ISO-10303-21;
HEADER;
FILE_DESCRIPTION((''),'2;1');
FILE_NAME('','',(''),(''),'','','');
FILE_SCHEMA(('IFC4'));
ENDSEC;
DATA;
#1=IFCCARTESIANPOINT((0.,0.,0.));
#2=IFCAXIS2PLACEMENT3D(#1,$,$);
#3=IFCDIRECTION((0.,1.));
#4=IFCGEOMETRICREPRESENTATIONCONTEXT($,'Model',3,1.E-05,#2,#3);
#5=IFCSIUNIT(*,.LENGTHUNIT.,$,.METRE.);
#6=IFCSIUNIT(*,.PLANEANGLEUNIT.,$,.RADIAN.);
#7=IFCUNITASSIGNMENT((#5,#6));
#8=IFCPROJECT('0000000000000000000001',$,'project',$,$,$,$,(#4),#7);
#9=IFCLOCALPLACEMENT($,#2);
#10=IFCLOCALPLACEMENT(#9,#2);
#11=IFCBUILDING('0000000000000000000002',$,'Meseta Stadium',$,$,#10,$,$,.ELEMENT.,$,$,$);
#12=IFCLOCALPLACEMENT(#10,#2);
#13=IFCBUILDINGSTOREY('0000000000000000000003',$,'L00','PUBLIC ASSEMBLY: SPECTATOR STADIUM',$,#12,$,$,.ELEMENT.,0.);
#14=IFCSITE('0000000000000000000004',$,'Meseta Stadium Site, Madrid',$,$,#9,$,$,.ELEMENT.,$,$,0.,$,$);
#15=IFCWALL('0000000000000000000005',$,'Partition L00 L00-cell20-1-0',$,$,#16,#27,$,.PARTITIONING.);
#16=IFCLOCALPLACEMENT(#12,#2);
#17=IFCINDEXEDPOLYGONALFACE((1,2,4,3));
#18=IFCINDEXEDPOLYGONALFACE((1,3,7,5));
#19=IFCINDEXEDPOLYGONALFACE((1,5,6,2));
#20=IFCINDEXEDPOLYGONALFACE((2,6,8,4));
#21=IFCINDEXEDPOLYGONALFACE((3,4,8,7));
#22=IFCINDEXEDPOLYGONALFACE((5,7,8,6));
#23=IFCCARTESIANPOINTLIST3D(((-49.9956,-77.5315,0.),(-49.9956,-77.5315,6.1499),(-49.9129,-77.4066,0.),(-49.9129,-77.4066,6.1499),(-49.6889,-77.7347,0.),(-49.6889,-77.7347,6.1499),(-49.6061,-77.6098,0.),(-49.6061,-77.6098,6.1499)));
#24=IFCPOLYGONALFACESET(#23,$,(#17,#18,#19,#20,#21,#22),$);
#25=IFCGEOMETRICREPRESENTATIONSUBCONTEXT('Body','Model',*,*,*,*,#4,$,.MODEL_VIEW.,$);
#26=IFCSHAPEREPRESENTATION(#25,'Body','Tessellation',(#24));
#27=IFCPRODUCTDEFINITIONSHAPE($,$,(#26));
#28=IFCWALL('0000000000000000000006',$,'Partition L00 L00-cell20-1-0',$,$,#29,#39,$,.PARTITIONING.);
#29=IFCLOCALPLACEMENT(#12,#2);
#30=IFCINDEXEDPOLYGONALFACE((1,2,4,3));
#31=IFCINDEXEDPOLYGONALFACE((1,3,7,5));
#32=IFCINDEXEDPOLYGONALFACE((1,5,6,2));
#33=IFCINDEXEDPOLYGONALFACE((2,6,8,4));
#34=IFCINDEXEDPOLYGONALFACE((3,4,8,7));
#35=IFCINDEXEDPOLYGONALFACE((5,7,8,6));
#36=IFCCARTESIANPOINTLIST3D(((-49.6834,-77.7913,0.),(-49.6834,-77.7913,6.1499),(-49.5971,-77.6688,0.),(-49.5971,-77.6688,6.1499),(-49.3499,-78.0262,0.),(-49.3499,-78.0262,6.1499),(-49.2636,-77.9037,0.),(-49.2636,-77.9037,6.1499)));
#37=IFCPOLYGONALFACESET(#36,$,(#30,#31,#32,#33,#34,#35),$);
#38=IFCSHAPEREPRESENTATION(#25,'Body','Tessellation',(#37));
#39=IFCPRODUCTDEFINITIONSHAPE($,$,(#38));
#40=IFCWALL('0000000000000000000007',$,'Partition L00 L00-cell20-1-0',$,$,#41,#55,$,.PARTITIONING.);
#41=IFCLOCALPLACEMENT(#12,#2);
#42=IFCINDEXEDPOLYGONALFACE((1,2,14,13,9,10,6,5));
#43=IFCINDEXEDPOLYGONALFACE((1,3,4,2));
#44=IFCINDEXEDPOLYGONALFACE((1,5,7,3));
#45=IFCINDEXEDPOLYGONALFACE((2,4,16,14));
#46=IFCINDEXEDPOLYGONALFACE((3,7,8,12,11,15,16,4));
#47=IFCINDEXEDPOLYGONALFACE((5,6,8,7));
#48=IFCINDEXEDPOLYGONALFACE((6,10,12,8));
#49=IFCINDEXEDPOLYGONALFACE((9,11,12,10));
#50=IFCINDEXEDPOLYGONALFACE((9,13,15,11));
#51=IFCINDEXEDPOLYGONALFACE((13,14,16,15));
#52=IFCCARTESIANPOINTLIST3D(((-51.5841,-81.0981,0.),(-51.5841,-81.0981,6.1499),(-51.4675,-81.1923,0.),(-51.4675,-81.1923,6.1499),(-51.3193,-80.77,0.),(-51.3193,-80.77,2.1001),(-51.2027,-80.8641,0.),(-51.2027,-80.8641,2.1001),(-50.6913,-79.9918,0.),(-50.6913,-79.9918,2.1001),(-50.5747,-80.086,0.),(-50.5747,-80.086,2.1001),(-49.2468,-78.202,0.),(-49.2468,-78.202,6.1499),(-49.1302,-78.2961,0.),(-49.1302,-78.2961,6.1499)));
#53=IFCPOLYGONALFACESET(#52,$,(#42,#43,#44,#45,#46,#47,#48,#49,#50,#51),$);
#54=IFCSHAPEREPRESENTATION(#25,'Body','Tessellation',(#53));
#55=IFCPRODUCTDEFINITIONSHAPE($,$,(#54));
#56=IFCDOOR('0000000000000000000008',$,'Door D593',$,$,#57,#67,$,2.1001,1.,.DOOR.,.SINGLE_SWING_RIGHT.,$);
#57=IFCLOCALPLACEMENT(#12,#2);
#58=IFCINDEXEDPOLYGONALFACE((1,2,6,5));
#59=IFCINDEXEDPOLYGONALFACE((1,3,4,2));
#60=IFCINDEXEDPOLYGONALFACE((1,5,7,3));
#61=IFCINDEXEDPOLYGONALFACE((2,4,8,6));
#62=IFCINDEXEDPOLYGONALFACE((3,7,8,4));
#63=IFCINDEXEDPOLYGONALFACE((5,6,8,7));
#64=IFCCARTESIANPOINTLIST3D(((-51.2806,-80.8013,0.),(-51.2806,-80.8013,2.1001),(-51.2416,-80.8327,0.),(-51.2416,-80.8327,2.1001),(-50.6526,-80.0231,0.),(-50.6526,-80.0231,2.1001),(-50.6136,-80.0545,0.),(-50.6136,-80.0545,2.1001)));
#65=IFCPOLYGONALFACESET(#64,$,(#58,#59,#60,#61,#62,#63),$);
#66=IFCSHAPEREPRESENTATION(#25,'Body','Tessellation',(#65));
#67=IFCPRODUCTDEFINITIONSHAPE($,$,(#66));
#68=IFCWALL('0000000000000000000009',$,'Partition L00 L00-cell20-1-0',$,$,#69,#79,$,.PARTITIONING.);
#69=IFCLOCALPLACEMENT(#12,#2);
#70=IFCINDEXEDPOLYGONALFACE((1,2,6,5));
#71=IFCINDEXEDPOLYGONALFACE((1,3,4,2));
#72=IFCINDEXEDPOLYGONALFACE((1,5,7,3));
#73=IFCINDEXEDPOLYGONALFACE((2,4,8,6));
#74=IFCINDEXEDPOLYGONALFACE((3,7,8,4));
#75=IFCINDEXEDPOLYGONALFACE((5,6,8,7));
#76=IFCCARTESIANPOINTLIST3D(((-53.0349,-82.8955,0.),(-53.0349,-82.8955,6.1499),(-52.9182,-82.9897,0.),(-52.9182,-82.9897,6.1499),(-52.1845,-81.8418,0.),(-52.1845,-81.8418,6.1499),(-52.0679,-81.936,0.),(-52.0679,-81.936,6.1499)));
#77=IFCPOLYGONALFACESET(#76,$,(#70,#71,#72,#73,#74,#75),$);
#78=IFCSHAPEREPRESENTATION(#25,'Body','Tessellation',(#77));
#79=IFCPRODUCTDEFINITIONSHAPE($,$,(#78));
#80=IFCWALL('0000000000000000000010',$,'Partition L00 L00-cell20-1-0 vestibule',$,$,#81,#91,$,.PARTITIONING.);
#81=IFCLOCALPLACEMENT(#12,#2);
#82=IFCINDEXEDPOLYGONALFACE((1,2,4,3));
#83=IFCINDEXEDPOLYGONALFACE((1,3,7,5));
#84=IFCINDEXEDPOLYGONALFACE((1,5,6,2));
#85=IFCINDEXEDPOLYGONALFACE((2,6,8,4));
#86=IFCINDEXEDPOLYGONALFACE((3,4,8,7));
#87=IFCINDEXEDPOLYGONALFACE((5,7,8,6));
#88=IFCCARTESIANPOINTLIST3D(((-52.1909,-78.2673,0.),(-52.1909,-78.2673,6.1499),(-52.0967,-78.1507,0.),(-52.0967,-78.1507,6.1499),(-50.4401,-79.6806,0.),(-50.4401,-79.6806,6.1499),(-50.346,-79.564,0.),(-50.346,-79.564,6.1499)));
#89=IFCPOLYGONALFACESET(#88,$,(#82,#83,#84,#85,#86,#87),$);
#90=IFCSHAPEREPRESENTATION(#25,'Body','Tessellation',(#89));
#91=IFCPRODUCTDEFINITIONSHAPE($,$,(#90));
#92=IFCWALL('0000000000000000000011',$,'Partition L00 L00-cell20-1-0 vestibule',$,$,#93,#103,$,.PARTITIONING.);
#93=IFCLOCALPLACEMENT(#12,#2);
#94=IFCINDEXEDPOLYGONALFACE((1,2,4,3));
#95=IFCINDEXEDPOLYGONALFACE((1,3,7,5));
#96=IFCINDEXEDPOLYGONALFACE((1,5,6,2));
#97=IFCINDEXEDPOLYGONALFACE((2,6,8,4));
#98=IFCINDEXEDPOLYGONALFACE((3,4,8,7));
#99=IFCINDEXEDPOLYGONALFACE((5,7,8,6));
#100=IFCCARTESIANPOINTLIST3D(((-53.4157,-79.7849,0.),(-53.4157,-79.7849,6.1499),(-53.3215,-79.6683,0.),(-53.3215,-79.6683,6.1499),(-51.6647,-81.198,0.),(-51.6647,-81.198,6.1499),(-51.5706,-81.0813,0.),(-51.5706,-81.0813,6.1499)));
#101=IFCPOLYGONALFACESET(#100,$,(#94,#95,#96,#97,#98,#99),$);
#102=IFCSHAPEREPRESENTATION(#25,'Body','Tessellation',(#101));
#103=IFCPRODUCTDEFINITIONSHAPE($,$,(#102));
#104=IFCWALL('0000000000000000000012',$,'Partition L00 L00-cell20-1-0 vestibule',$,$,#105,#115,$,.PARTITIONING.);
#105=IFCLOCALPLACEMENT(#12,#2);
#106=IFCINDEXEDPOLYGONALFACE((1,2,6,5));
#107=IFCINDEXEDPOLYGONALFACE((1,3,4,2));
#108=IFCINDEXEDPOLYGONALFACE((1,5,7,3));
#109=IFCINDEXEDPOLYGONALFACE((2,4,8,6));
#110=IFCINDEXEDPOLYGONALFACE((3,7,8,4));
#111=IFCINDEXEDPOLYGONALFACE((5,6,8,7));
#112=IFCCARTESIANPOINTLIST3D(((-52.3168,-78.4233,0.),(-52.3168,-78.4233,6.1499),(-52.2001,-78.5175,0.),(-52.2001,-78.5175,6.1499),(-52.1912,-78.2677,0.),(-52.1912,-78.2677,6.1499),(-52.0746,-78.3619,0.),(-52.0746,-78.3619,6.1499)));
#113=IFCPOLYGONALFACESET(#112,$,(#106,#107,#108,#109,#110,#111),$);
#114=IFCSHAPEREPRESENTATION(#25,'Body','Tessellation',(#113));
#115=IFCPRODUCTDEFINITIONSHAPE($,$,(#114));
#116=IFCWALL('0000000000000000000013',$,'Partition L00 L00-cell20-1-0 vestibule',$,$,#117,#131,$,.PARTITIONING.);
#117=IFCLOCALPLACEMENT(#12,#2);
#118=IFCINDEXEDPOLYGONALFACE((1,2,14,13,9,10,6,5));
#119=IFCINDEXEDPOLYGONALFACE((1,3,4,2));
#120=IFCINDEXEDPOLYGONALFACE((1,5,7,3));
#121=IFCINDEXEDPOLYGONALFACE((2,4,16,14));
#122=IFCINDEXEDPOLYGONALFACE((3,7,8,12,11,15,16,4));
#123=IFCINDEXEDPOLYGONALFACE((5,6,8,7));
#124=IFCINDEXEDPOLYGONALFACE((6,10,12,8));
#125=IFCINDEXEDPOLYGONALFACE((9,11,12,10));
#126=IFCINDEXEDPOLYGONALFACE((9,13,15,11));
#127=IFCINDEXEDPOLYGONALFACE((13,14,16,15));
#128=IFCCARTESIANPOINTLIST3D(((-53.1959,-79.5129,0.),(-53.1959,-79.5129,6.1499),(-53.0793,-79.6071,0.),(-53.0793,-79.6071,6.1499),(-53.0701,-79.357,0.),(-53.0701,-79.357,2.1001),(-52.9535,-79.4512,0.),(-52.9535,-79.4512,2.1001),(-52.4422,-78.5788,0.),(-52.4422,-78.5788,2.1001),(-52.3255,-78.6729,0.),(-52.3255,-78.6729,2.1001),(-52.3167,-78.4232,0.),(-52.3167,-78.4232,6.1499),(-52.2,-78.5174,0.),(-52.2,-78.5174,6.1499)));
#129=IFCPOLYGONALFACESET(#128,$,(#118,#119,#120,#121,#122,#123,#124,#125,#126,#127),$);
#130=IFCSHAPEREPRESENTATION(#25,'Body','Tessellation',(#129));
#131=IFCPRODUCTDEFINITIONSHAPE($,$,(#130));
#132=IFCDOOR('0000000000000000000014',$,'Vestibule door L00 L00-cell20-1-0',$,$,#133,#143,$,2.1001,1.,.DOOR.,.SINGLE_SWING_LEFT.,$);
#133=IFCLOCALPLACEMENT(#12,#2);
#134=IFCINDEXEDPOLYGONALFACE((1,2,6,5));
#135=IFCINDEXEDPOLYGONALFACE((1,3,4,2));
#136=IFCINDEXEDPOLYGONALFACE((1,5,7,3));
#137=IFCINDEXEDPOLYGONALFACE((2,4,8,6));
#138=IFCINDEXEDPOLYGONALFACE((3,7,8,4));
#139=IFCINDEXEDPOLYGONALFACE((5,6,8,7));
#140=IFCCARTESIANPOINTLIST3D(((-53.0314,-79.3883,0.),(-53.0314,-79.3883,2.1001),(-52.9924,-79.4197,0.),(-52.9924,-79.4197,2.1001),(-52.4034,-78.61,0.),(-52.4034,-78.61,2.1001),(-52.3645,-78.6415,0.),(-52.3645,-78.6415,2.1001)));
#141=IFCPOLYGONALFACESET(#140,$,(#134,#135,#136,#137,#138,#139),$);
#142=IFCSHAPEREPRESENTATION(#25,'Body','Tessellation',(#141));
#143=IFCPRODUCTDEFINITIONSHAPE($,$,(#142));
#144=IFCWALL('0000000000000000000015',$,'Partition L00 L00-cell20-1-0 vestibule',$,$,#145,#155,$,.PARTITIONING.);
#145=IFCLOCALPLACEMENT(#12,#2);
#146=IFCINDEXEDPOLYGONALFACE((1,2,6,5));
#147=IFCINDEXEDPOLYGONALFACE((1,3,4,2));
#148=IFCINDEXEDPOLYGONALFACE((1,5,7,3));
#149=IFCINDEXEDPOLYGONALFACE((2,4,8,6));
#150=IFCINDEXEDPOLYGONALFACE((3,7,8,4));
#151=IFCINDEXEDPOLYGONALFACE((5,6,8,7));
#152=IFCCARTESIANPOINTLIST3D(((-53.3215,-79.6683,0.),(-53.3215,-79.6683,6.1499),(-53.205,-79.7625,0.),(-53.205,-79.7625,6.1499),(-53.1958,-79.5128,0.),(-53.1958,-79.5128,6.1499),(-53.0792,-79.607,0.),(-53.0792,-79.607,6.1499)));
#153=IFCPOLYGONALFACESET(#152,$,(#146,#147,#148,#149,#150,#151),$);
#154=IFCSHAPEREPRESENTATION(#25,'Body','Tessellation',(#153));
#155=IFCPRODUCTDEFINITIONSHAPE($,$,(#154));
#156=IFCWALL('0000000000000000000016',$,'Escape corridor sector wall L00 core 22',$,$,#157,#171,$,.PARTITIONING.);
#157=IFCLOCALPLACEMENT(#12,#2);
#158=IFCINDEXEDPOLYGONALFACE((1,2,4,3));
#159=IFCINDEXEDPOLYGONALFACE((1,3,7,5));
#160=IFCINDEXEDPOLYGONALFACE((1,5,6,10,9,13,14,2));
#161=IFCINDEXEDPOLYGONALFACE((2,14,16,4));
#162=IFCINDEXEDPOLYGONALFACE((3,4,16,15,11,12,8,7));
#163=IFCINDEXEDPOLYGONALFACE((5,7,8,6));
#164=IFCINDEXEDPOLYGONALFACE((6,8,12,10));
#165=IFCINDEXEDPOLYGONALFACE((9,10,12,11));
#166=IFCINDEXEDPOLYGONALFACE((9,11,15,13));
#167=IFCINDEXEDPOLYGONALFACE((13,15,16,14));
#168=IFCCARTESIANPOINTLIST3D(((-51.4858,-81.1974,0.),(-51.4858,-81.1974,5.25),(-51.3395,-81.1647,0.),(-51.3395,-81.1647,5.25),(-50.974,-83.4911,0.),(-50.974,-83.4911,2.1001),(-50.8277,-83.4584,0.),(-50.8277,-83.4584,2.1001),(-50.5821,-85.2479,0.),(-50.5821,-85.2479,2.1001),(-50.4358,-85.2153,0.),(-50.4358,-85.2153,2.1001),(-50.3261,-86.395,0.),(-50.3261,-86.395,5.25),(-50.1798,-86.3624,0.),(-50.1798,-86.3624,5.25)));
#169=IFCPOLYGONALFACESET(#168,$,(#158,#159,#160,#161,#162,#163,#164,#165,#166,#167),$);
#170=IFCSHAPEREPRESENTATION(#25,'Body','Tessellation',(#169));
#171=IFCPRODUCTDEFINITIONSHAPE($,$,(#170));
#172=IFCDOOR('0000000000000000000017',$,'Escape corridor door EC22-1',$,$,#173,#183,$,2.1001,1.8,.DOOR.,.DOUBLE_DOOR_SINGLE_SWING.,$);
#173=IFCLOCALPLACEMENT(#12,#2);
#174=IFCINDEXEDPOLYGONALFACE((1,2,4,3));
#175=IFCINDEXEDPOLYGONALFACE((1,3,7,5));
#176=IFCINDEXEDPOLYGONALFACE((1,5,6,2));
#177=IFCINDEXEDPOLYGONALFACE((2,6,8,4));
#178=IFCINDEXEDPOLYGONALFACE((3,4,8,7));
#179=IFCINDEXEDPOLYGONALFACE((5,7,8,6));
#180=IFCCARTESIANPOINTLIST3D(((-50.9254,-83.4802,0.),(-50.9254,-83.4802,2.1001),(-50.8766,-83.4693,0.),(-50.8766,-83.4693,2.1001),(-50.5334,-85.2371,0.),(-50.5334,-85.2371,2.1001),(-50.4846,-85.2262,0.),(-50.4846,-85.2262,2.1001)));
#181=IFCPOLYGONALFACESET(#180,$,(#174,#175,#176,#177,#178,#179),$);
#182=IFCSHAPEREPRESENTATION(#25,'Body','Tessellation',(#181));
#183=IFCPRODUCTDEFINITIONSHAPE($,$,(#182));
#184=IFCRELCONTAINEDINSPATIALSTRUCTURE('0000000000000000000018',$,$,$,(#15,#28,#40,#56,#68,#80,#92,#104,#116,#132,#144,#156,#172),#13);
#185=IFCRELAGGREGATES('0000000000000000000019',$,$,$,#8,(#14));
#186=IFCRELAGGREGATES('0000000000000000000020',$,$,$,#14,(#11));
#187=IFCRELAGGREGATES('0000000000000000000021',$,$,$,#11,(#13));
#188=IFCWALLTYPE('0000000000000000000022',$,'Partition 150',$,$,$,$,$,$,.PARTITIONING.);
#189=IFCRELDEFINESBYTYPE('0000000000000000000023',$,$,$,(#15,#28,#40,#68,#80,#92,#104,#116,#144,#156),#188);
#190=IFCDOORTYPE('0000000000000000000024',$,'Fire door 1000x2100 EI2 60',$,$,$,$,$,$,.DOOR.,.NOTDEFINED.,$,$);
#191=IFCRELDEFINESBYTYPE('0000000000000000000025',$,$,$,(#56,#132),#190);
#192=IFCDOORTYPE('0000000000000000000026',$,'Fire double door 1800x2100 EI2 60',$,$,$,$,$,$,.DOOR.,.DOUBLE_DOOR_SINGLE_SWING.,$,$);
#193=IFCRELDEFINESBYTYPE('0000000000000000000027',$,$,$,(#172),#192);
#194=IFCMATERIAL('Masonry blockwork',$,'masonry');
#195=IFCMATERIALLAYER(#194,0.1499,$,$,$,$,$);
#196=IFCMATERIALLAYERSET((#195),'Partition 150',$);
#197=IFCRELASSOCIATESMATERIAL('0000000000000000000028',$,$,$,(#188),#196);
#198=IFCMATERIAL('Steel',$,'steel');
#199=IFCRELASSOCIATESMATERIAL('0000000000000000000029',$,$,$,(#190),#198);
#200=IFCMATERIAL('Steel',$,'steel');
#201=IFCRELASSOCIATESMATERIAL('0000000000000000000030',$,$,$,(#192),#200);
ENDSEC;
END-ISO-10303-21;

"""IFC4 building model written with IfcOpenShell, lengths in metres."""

from ifc_helpers import new_model, si_unit, direction, frame, frame_2d, origin, place, context, subcontext, project, spatial, rectangle, extrude, material, layer, layer_set, type_object, element, fill, save


model = new_model("IFC4")

# Units and contexts
model_context = context("Model", 3, precision=1e-05, world=origin(), true_north=direction((0.0, 1.0)))
body_context = subcontext(model_context, "Body", "Model", "MODEL_VIEW")
ifc_project = project(units=[si_unit("LENGTHUNIT", "METRE"), si_unit("PLANEANGLEUNIT", "RADIAN")], contexts=[model_context])

# Site, building, storey
site_placement = place(None, origin())
site = spatial("IfcSite", under=ifc_project, at=site_placement, Name="Meseta Stadium Site, Madrid", CompositionType="ELEMENT", RefElevation=0.0)
building_placement = place(site_placement, origin())
building = spatial("IfcBuilding", under=site, at=building_placement, Name="Meseta Stadium", CompositionType="ELEMENT")
storey_placement = place(building_placement, origin())
storey = spatial("IfcBuildingStorey", under=building, at=storey_placement, Name="L00", Description="PUBLIC ASSEMBLY: SPECTATOR STADIUM", CompositionType="ELEMENT", Elevation=0.0)

# Walls
ifc_material_1 = material(Name="Masonry blockwork", Category="masonry")
ifc_layer = layer(ifc_material_1, 0.1499)
ifc_layer_set = layer_set([ifc_layer], Name="Partition 150")
wall_type = type_object("IfcWallType", Name="Partition 150", PredefinedType="PARTITIONING", material=ifc_layer_set)
wall_1_placement = place(storey_placement, frame((-49.9543, -77.469, 0.0), z_axis=(0.0, 0.0, 1.0), x_axis=(0.833681, -0.552247, 0.0)))
element("IfcWall", 1, at=wall_1_placement, inside=storey, type_object=wall_type, Name="Partition L00 L00-cell20-1-0", PredefinedType="PARTITIONING", context=body_context, shape_type="SweptSolid", body=[
    extrude(rectangle(XDim=0.3679, YDim=0.1499, at=frame_2d((0.1841, 0.0))), origin(), (0.0, 0.0, 1.0), 6.1499),
])
wall_2_placement = place(storey_placement, frame((-49.6404, -77.73, 0.0), z_axis=(0.0, 0.0, 1.0), x_axis=(0.817598, -0.57579, 0.0)))
element("IfcWall", 2, at=wall_2_placement, inside=storey, type_object=wall_type, Name="Partition L00 L00-cell20-1-0", PredefinedType="PARTITIONING", context=body_context, shape_type="SweptSolid", body=[
    extrude(rectangle(XDim=0.408, YDim=0.1499, at=frame_2d((0.2041, 0.0))), origin(), (0.0, 0.0, 1.0), 6.1499),
])

# Wall, opening, door
wall_3_placement = place(storey_placement, frame((-49.1885, -78.249, 0.0), z_axis=(0.0, 0.0, 1.0), x_axis=(-0.628033, -0.778187, 0.0)))
wall_3 = element("IfcWall", 3, at=wall_3_placement, inside=storey, type_object=wall_type, Name="Partition L00 L00-cell20-1-0", PredefinedType="PARTITIONING", context=body_context, shape_type="SweptSolid", body=[
    extrude(rectangle(XDim=3.7217, YDim=0.1499, at=frame_2d((1.8608, 0.0))), origin(), (0.0, 0.0, 1.0), 6.1499),
])
opening_1_placement = place(wall_3_placement, frame((2.3, 0.0, 0.0)))
opening_1 = element("IfcOpeningElement", 4, at=opening_1_placement, cuts=wall_3, PredefinedType="OPENING", context=body_context, shape_type="SweptSolid", body=[
    extrude(rectangle(XDim=1.0, YDim=2.1001, at=frame_2d((0.5, 1.05))), frame((0.0, 0.085, 0.0), z_axis=(0.0, -1.0, 0.0), x_axis=(1.0, 0.0, 0.0)), (0.0, 0.0, 1.0), 0.1699),
])
ifc_material_2 = material(Name="Steel", Category="steel")
door_type_1 = type_object("IfcDoorType", Name="Fire door 1000x2100 EI2 60", OperationType="NOTDEFINED", PredefinedType="DOOR", material=ifc_material_2)
door_1_placement = place(opening_1_placement, origin())
door_1 = element("IfcDoor", 5, at=door_1_placement, inside=storey, type_object=door_type_1, Name="Door D593", OperationType="SINGLE_SWING_RIGHT", OverallHeight=2.1001, OverallWidth=1.0, PredefinedType="DOOR", context=body_context, shape_type="SweptSolid", body=[
    extrude(rectangle(XDim=1.0, YDim=2.1001, at=frame_2d((0.5, 1.05))), frame((0.0, 0.0249, 0.0), z_axis=(0.0, -1.0, 0.0), x_axis=(1.0, 0.0, 0.0)), (0.0, 0.0, 1.0), 0.05),
])
fill(opening_1, door_1)

# Walls
wall_4_placement = place(storey_placement, frame((-52.1262, -81.8889, 0.0), z_axis=(0.0, 0.0, 1.0), x_axis=(-0.62801, -0.778206, 0.0)))
element("IfcWall", 6, at=wall_4_placement, inside=storey, type_object=wall_type, Name="Partition L00 L00-cell20-1-0", PredefinedType="PARTITIONING", context=body_context, shape_type="SweptSolid", body=[
    extrude(rectangle(XDim=1.354, YDim=0.1499, at=frame_2d((0.677, 0.0))), origin(), (0.0, 0.0, 1.0), 6.1499),
])
for number, where, z_axis, x_axis, name in (
    (7, (-50.3931, -79.6223, 0.0), (0.0, 0.0, 1.0), (-0.778098, 0.628143, 0.0), "Partition L00 L00-cell20-1-0 vestibule"),
    (8, (-51.6177, -81.1396, 0.0), (0.0, 0.0, 1.0), (-0.778194, 0.628024, 0.0), "Partition L00 L00-cell20-1-0 vestibule"),
):
    element("IfcWall", number, at=place(storey_placement, frame(where, z_axis=z_axis, x_axis=x_axis)), inside=storey, type_object=wall_type, Name=name, PredefinedType="PARTITIONING", context=body_context, shape_type="SweptSolid", body=[
        extrude(rectangle(XDim=2.25, YDim=0.1499, at=frame_2d((1.125, 0.0))), origin(), (0.0, 0.0, 1.0), 6.1499),
    ])
wall_5_placement = place(storey_placement, frame((-52.1328, -78.3147, 0.0), z_axis=(0.0, 0.0, 1.0), x_axis=(-0.627967, -0.77824, 0.0)))
element("IfcWall", 9, at=wall_5_placement, inside=storey, type_object=wall_type, Name="Partition L00 L00-cell20-1-0 vestibule", PredefinedType="PARTITIONING", context=body_context, shape_type="SweptSolid", body=[
    extrude(rectangle(XDim=0.2, YDim=0.1499, at=frame_2d((0.1001, 0.0))), origin(), (0.0, 0.0, 1.0), 6.1499),
])

# Wall, opening, door
wall_6_placement = place(storey_placement, frame((-52.2583, -78.4702, 0.0), z_axis=(0.0, 0.0, 1.0), x_axis=(-0.627943, -0.778259, 0.0)))
wall_6 = element("IfcWall", 10, at=wall_6_placement, inside=storey, type_object=wall_type, Name="Partition L00 L00-cell20-1-0 vestibule", PredefinedType="PARTITIONING", context=body_context, shape_type="SweptSolid", body=[
    extrude(rectangle(XDim=1.4001, YDim=0.1499, at=frame_2d((0.7002, 0.0))), origin(), (0.0, 0.0, 1.0), 6.1499),
])
opening_2_placement = place(wall_6_placement, frame((0.2, 0.0, 0.0)))
opening_2 = element("IfcOpeningElement", 11, at=opening_2_placement, cuts=wall_6, PredefinedType="OPENING", context=body_context, shape_type="SweptSolid", body=[
    extrude(rectangle(XDim=1.0, YDim=2.1001, at=frame_2d((0.5, 1.05))), frame((0.0, 0.085, 0.0), z_axis=(0.0, -1.0, 0.0), x_axis=(1.0, 0.0, 0.0)), (0.0, 0.0, 1.0), 0.1699),
])
door_2_placement = place(opening_2_placement, origin())
door_2 = element("IfcDoor", 12, at=door_2_placement, inside=storey, type_object=door_type_1, Name="Vestibule door L00 L00-cell20-1-0", OperationType="SINGLE_SWING_LEFT", OverallHeight=2.1001, OverallWidth=1.0, PredefinedType="DOOR", context=body_context, shape_type="SweptSolid", body=[
    extrude(rectangle(XDim=1.0, YDim=2.1001, at=frame_2d((0.5, 1.05))), frame((0.0, 0.0249, 0.0), z_axis=(0.0, -1.0, 0.0), x_axis=(1.0, 0.0, 0.0)), (0.0, 0.0, 1.0), 0.05),
])
fill(opening_2, door_2)

# Wall
wall_7_placement = place(storey_placement, frame((-53.1375, -79.5598, 0.0), z_axis=(0.0, 0.0, 1.0), x_axis=(-0.628706, -0.777643, 0.0)))
element("IfcWall", 13, at=wall_7_placement, inside=storey, type_object=wall_type, Name="Partition L00 L00-cell20-1-0 vestibule", PredefinedType="PARTITIONING", context=body_context, shape_type="SweptSolid", body=[
    extrude(rectangle(XDim=0.2, YDim=0.1499, at=frame_2d((0.1001, 0.0))), origin(), (0.0, 0.0, 1.0), 6.1499),
])

# Wall, opening, door
wall_8_placement = place(storey_placement, frame((-51.4126, -81.1812, 0.0), z_axis=(0.0, 0.0, 1.0), x_axis=(0.217756, -0.976003, 0.0)))
wall_8 = element("IfcWall", 14, at=wall_8_placement, inside=storey, type_object=wall_type, Name="Escape corridor sector wall L00 core 22", PredefinedType="PARTITIONING", context=body_context, shape_type="SweptSolid", body=[
    extrude(rectangle(XDim=5.3254, YDim=0.1499, at=frame_2d((2.6626, 0.0))), origin(), (0.0, 0.0, 1.0), 5.25),
])
opening_3_placement = place(wall_8_placement, frame((2.3501, 0.0, 0.0)))
opening_3 = element("IfcOpeningElement", 15, at=opening_3_placement, cuts=wall_8, PredefinedType="OPENING", context=body_context, shape_type="SweptSolid", body=[
    extrude(rectangle(XDim=1.8, YDim=2.1001, at=frame_2d((0.8999, 1.05))), frame((0.0, 0.085, 0.0), z_axis=(0.0, -1.0, 0.0), x_axis=(1.0, 0.0, 0.0)), (0.0, 0.0, 1.0), 0.1699),
])
ifc_material_3 = material(Name="Steel", Category="steel")
door_type_2 = type_object("IfcDoorType", Name="Fire double door 1800x2100 EI2 60", OperationType="DOUBLE_DOOR_SINGLE_SWING", PredefinedType="DOOR", material=ifc_material_3)
door_3_placement = place(opening_3_placement, origin())
door_3 = element("IfcDoor", 16, at=door_3_placement, inside=storey, type_object=door_type_2, Name="Escape corridor door EC22-1", OperationType="DOUBLE_DOOR_SINGLE_SWING", OverallHeight=2.1001, OverallWidth=1.8, PredefinedType="DOOR", context=body_context, shape_type="SweptSolid", body=[
    extrude(rectangle(XDim=1.8, YDim=2.1001, at=frame_2d((0.8999, 1.05))), frame((0.0, 0.0249, 0.0), z_axis=(0.0, -1.0, 0.0), x_axis=(1.0, 0.0, 0.0)), (0.0, 0.0, 1.0), 0.05),
])
fill(opening_3, door_3)

save(model, "model.ifc")
